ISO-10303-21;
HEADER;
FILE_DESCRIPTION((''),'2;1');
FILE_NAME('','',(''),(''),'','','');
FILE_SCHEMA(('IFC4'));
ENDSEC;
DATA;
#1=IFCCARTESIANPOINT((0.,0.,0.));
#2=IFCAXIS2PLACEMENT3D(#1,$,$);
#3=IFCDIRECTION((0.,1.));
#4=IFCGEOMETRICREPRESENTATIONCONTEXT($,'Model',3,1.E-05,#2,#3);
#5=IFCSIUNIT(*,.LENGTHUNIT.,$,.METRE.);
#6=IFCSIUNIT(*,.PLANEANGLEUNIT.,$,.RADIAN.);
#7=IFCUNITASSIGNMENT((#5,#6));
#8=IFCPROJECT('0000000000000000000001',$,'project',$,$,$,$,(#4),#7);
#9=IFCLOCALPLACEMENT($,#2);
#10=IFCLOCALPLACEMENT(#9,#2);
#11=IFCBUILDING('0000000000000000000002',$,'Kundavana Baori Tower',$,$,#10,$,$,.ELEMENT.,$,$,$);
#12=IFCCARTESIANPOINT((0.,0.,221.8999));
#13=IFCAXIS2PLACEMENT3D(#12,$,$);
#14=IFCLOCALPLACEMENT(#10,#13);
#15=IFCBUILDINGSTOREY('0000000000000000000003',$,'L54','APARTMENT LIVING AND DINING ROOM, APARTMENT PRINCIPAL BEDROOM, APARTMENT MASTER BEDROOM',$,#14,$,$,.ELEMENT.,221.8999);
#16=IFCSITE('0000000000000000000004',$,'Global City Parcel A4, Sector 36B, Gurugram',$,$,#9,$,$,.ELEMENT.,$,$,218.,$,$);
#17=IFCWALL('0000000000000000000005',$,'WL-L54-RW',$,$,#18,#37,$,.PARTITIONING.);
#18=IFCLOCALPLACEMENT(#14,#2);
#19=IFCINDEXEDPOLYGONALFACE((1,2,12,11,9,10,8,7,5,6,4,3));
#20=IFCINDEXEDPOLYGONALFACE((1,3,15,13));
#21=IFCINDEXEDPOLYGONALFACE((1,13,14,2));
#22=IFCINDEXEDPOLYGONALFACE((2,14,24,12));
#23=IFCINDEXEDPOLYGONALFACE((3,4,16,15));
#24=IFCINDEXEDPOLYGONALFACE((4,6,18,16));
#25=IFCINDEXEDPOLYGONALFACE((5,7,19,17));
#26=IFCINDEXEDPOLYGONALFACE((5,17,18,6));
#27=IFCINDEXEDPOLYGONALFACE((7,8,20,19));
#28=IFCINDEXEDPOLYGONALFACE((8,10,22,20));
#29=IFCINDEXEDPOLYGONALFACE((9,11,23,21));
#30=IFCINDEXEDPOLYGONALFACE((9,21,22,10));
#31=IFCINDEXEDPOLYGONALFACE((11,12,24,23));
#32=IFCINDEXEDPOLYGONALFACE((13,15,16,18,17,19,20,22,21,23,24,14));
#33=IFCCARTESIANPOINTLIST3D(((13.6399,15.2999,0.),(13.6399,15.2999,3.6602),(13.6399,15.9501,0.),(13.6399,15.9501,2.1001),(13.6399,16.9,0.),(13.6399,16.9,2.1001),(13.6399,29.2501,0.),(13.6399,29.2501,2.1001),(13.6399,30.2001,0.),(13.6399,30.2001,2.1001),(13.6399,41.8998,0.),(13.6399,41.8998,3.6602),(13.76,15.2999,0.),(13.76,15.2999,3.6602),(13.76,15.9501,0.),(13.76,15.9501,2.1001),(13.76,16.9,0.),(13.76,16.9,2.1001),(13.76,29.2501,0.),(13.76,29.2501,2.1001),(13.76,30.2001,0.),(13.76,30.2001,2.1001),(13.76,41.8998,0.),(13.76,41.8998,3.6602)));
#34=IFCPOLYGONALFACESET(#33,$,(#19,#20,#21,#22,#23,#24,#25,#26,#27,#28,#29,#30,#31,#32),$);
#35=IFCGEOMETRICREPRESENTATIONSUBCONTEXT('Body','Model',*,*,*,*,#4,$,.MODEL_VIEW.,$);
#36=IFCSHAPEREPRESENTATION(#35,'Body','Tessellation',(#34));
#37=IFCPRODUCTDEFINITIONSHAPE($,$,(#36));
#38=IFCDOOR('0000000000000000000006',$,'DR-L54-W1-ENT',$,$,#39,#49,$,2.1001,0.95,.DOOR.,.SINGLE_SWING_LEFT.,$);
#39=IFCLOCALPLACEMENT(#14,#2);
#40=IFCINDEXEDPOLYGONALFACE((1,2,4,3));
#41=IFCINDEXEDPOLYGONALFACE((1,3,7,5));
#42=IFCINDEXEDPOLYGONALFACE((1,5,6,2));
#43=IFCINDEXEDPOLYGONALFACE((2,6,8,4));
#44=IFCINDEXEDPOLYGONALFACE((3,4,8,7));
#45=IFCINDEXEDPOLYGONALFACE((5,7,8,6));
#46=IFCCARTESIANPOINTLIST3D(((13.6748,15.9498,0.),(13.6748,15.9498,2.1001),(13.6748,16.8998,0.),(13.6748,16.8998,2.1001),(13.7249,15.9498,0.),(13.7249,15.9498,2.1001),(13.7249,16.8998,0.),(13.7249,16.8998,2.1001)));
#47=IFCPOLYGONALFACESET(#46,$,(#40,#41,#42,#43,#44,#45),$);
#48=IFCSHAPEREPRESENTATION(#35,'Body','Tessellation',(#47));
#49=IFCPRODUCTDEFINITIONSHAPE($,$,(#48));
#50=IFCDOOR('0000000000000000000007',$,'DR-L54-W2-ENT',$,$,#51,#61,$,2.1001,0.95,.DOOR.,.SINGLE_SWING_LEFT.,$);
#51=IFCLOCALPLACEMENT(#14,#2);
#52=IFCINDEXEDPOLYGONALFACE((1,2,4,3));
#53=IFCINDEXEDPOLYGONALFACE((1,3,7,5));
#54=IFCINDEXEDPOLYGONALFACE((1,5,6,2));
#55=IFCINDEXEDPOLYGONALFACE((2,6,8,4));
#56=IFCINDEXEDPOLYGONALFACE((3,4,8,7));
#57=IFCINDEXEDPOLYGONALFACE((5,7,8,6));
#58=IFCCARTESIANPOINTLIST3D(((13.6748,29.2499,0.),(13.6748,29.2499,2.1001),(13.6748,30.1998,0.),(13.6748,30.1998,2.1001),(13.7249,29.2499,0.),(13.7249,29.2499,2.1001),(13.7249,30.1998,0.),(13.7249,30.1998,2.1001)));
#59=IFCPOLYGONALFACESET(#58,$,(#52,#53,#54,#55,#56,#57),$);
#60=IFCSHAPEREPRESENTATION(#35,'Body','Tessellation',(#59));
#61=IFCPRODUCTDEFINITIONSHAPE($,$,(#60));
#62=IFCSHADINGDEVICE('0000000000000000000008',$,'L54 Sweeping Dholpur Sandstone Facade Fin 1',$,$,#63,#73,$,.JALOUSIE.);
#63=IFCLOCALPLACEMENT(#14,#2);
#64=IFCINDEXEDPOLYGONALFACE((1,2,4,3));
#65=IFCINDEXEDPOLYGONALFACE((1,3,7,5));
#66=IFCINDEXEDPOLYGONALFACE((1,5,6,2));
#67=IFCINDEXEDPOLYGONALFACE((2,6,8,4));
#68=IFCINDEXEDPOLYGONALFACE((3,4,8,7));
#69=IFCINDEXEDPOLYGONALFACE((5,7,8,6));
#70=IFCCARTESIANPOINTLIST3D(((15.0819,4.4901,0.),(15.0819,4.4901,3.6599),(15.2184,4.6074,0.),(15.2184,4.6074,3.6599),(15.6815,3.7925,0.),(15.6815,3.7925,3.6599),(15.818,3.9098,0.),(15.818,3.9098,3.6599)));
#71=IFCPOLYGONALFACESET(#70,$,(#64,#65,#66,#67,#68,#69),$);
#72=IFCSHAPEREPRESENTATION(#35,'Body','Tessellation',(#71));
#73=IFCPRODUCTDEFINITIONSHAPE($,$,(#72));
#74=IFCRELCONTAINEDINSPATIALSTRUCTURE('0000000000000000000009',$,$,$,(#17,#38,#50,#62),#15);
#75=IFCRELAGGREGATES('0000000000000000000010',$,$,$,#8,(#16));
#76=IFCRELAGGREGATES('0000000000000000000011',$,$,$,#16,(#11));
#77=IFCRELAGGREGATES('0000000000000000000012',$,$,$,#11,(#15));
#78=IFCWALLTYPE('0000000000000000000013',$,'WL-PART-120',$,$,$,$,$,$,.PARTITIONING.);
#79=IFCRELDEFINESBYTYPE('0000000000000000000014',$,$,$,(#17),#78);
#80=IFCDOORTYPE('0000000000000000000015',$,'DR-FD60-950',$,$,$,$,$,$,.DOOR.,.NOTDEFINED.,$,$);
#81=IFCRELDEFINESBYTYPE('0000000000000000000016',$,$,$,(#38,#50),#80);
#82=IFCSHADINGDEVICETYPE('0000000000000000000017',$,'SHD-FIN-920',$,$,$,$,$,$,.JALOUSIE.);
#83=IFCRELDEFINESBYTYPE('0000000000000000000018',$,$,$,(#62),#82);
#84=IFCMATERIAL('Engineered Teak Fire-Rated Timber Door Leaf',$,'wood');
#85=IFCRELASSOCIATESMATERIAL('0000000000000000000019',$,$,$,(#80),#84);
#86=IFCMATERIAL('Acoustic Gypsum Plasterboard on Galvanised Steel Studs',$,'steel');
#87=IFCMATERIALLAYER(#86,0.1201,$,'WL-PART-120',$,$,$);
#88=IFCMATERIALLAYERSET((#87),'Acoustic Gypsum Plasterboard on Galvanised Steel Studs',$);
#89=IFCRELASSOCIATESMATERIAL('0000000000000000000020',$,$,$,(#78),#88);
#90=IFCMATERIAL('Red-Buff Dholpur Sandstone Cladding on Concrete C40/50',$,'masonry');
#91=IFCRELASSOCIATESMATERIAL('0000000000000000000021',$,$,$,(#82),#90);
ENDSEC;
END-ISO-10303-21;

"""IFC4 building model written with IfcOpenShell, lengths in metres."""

from ifc_helpers import new_model, si_unit, direction, frame, frame_2d, origin, origin_2d, place, context, subcontext, project, spatial, rectangle, extrude, material, layer, layer_set, type_object, element, fill, save


model = new_model("IFC4")

# Units and contexts
model_context = context("Model", 3, precision=1e-05, world=origin(), true_north=direction((0.0, 1.0)))
body_context = subcontext(model_context, "Body", "Model", "MODEL_VIEW")
ifc_project = project(units=[si_unit("LENGTHUNIT", "METRE"), si_unit("PLANEANGLEUNIT", "RADIAN")], contexts=[model_context])

# Site, building, storey
site_placement = place(None, origin())
site = spatial("IfcSite", under=ifc_project, at=site_placement, Name="Global City Parcel A4, Sector 36B, Gurugram", CompositionType="ELEMENT", RefElevation=218.0)
building_placement = place(site_placement, origin())
building = spatial("IfcBuilding", under=site, at=building_placement, Name="Kundavana Baori Tower", CompositionType="ELEMENT")
storey_placement = place(building_placement, frame((0.0, 0.0, 221.8999)))
storey = spatial("IfcBuildingStorey", under=building, at=storey_placement, Name="L54", Description="APARTMENT LIVING AND DINING ROOM, APARTMENT PRINCIPAL BEDROOM, APARTMENT MASTER BEDROOM", CompositionType="ELEMENT", Elevation=221.8999)

# Shared definitions
ifc_material_1 = material(Name="Engineered Teak Fire-Rated Timber Door Leaf", Category="wood")
door_type_1 = type_object("IfcDoorType", Name="DR-FD60-950", OperationType="NOTDEFINED", PredefinedType="DOOR", material=ifc_material_1)

# Shared definitions
ifc_material_2 = material(Name="Acoustic Gypsum Plasterboard on Galvanised Steel Studs", Category="steel")
ifc_layer_1 = layer(ifc_material_2, 0.1201, Name="WL-PART-120")
ifc_layer_set_1 = layer_set([ifc_layer_1], Name="Acoustic Gypsum Plasterboard on Galvanised Steel Studs")
wall_type_1 = type_object("IfcWallType", Name="WL-PART-120", PredefinedType="PARTITIONING", material=ifc_layer_set_1)

# Wall, openings, doors
wall_1_placement = place(storey_placement, frame((13.7, 15.3, 0.0), z_axis=(0.0, 0.0, 1.0), x_axis=(0.0, 1.0, 0.0)))
wall_1 = element("IfcWall", 1, at=wall_1_placement, inside=storey, type_object=wall_type_1, Name="WL-L54-RW", PredefinedType="PARTITIONING", context=body_context, shape_type="SweptSolid", body=[
    extrude(rectangle(XDim=26.5999, YDim=0.1201, at=frame_2d((13.2998, 0.0))), origin(), (0.0, 0.0, 1.0), 3.6602),
])
opening_1_placement = place(wall_1_placement, frame((0.6499, 0.0, 0.0)))
opening_1 = element("IfcOpeningElement", 2, at=opening_1_placement, cuts=wall_1, PredefinedType="OPENING", context=body_context, shape_type="SweptSolid", body=[
    extrude(rectangle(XDim=0.95, YDim=2.1001, at=frame_2d((0.4751, 1.05))), frame((0.0, 0.0701, 0.0), z_axis=(0.0, -1.0, 0.0), x_axis=(1.0, 0.0, 0.0)), (0.0, 0.0, 1.0), 0.1401),
])
opening_2_placement = place(wall_1_placement, frame((13.95, 0.0, 0.0)))
opening_2 = element("IfcOpeningElement", 3, at=opening_2_placement, cuts=wall_1, PredefinedType="OPENING", context=body_context, shape_type="SweptSolid", body=[
    extrude(rectangle(XDim=0.95, YDim=2.1001, at=frame_2d((0.4751, 1.05))), frame((0.0, 0.0701, 0.0), z_axis=(0.0, -1.0, 0.0), x_axis=(1.0, 0.0, 0.0)), (0.0, 0.0, 1.0), 0.1401),
])
door_1_placement = place(opening_1_placement, frame((0.95, 0.0, 0.0), z_axis=(0.0, 0.0, 1.0), x_axis=(-1.0, 0.0, 0.0)))
door_1 = element("IfcDoor", 4, at=door_1_placement, inside=storey, type_object=door_type_1, Name="DR-L54-W1-ENT", OperationType="SINGLE_SWING_LEFT", OverallHeight=2.1001, OverallWidth=0.95, PredefinedType="DOOR", context=body_context, shape_type="SweptSolid", body=[
    extrude(rectangle(XDim=0.95, YDim=2.1001, at=frame_2d((0.4751, 1.05))), frame((0.0, 0.0249, 0.0), z_axis=(0.0, -1.0, 0.0), x_axis=(1.0, 0.0, 0.0)), (0.0, 0.0, 1.0), 0.05),
])
fill(opening_1, door_1)
door_2_placement = place(opening_2_placement, frame((0.95, 0.0, 0.0), z_axis=(0.0, 0.0, 1.0), x_axis=(-1.0, 0.0, 0.0)))
door_2 = element("IfcDoor", 5, at=door_2_placement, inside=storey, type_object=door_type_1, Name="DR-L54-W2-ENT", OperationType="SINGLE_SWING_LEFT", OverallHeight=2.1001, OverallWidth=0.95, PredefinedType="DOOR", context=body_context, shape_type="SweptSolid", body=[
    extrude(rectangle(XDim=0.95, YDim=2.1001, at=frame_2d((0.4751, 1.05))), frame((0.0, 0.0249, 0.0), z_axis=(0.0, -1.0, 0.0), x_axis=(1.0, 0.0, 0.0)), (0.0, 0.0, 1.0), 0.05),
])
fill(opening_2, door_2)

# Shading device
ifc_material_3 = material(Name="Red-Buff Dholpur Sandstone Cladding on Concrete C40/50", Category="masonry")
shading_device_type = type_object("IfcShadingDeviceType", Name="SHD-FIN-920", PredefinedType="JALOUSIE", material=ifc_material_3)
shading_device_placement = place(storey_placement, frame((15.45, 4.2, 0.0), z_axis=(0.0, 0.0, 1.0), x_axis=(0.758362, 0.651834, 0.0)))
element("IfcShadingDevice", 6, at=shading_device_placement, inside=storey, type_object=shading_device_type, Name="L54 Sweeping Dholpur Sandstone Facade Fin 1", PredefinedType="JALOUSIE", context=body_context, shape_type="SweptSolid", body=[
    extrude(rectangle(XDim=0.1799, YDim=0.9199, at=origin_2d()), origin(), (0.0, 0.0, 1.0), 3.6599),
])

save(model, "model.ifc")
